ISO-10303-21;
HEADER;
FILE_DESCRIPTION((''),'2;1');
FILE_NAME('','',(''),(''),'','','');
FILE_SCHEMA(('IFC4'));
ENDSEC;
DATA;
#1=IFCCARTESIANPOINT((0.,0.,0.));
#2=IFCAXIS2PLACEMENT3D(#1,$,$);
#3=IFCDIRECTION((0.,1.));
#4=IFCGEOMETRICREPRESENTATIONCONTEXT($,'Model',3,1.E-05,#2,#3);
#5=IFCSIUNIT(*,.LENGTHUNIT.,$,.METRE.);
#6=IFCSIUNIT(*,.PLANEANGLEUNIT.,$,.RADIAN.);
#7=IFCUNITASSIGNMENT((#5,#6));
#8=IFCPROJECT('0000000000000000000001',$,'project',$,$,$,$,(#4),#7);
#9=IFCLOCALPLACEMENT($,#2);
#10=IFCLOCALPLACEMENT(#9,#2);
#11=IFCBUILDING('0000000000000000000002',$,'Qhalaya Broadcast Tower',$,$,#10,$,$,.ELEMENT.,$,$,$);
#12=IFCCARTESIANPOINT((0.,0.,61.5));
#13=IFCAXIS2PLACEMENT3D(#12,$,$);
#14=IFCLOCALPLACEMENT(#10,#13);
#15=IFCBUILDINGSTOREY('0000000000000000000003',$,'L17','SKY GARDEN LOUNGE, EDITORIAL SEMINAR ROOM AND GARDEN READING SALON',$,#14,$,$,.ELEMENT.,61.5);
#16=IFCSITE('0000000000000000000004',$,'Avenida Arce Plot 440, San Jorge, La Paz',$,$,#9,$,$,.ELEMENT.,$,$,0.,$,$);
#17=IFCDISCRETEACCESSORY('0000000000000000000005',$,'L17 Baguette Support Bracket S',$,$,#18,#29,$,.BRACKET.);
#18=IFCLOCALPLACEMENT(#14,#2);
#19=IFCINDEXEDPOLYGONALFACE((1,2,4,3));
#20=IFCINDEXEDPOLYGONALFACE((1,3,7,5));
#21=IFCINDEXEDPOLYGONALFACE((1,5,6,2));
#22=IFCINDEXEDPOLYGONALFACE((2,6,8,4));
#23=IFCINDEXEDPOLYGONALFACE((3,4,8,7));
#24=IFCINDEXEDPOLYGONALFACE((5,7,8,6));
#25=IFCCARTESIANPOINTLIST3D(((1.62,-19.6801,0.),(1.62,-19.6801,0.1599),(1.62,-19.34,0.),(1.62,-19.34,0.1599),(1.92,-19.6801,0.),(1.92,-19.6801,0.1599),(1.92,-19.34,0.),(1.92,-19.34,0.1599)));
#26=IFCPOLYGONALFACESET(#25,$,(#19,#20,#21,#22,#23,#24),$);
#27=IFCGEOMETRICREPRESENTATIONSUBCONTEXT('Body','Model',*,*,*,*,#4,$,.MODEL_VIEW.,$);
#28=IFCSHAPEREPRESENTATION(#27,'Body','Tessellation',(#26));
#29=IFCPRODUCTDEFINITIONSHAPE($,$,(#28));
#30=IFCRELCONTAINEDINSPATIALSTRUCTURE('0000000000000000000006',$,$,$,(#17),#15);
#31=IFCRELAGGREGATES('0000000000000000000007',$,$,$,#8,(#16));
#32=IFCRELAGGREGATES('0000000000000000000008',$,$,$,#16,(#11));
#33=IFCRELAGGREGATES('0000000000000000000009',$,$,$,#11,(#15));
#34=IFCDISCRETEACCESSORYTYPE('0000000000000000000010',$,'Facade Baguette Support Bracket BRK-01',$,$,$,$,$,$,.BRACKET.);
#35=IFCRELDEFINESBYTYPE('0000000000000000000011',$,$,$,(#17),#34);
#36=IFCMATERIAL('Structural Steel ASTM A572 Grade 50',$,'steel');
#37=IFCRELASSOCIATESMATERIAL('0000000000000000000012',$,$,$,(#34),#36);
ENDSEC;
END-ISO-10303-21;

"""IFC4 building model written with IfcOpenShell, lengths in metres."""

from ifc_helpers import new_model, si_unit, direction, frame, origin, origin_2d, place, context, subcontext, project, spatial, rectangle, extrude, material, type_object, element, save


model = new_model("IFC4")

# Units and contexts
model_context = context("Model", 3, precision=1e-05, world=origin(), true_north=direction((0.0, 1.0)))
body_context = subcontext(model_context, "Body", "Model", "MODEL_VIEW")
ifc_project = project(units=[si_unit("LENGTHUNIT", "METRE"), si_unit("PLANEANGLEUNIT", "RADIAN")], contexts=[model_context])

# Site, building, storey
site_placement = place(None, origin())
site = spatial("IfcSite", under=ifc_project, at=site_placement, Name="Avenida Arce Plot 440, San Jorge, La Paz", CompositionType="ELEMENT", RefElevation=0.0)
building_placement = place(site_placement, origin())
building = spatial("IfcBuilding", under=site, at=building_placement, Name="Qhalaya Broadcast Tower", CompositionType="ELEMENT")
storey_placement = place(building_placement, frame((0.0, 0.0, 61.5)))
storey = spatial("IfcBuildingStorey", under=building, at=storey_placement, Name="L17", Description="SKY GARDEN LOUNGE, EDITORIAL SEMINAR ROOM AND GARDEN READING SALON", CompositionType="ELEMENT", Elevation=61.5)

# Shared definitions
ifc_material_1 = material(Name="Structural Steel ASTM A572 Grade 50", Category="steel")

# Discrete accessory
discrete_accessory_type = type_object("IfcDiscreteAccessoryType", Name="Facade Baguette Support Bracket BRK-01", PredefinedType="BRACKET", material=ifc_material_1)
discrete_accessory_placement = place(storey_placement, frame((1.77, -19.51, 0.0), z_axis=(0.0, 0.0, 1.0), x_axis=(1.0, 0.0, 0.0)))
element("IfcDiscreteAccessory", 1, at=discrete_accessory_placement, inside=storey, type_object=discrete_accessory_type, Name="L17 Baguette Support Bracket S", PredefinedType="BRACKET", context=body_context, shape_type="SweptSolid", body=[
    extrude(rectangle(XDim=0.3, YDim=0.3401, at=origin_2d()), origin(), (0.0, 0.0, 1.0), 0.1599),
])

save(model, "model.ifc")
